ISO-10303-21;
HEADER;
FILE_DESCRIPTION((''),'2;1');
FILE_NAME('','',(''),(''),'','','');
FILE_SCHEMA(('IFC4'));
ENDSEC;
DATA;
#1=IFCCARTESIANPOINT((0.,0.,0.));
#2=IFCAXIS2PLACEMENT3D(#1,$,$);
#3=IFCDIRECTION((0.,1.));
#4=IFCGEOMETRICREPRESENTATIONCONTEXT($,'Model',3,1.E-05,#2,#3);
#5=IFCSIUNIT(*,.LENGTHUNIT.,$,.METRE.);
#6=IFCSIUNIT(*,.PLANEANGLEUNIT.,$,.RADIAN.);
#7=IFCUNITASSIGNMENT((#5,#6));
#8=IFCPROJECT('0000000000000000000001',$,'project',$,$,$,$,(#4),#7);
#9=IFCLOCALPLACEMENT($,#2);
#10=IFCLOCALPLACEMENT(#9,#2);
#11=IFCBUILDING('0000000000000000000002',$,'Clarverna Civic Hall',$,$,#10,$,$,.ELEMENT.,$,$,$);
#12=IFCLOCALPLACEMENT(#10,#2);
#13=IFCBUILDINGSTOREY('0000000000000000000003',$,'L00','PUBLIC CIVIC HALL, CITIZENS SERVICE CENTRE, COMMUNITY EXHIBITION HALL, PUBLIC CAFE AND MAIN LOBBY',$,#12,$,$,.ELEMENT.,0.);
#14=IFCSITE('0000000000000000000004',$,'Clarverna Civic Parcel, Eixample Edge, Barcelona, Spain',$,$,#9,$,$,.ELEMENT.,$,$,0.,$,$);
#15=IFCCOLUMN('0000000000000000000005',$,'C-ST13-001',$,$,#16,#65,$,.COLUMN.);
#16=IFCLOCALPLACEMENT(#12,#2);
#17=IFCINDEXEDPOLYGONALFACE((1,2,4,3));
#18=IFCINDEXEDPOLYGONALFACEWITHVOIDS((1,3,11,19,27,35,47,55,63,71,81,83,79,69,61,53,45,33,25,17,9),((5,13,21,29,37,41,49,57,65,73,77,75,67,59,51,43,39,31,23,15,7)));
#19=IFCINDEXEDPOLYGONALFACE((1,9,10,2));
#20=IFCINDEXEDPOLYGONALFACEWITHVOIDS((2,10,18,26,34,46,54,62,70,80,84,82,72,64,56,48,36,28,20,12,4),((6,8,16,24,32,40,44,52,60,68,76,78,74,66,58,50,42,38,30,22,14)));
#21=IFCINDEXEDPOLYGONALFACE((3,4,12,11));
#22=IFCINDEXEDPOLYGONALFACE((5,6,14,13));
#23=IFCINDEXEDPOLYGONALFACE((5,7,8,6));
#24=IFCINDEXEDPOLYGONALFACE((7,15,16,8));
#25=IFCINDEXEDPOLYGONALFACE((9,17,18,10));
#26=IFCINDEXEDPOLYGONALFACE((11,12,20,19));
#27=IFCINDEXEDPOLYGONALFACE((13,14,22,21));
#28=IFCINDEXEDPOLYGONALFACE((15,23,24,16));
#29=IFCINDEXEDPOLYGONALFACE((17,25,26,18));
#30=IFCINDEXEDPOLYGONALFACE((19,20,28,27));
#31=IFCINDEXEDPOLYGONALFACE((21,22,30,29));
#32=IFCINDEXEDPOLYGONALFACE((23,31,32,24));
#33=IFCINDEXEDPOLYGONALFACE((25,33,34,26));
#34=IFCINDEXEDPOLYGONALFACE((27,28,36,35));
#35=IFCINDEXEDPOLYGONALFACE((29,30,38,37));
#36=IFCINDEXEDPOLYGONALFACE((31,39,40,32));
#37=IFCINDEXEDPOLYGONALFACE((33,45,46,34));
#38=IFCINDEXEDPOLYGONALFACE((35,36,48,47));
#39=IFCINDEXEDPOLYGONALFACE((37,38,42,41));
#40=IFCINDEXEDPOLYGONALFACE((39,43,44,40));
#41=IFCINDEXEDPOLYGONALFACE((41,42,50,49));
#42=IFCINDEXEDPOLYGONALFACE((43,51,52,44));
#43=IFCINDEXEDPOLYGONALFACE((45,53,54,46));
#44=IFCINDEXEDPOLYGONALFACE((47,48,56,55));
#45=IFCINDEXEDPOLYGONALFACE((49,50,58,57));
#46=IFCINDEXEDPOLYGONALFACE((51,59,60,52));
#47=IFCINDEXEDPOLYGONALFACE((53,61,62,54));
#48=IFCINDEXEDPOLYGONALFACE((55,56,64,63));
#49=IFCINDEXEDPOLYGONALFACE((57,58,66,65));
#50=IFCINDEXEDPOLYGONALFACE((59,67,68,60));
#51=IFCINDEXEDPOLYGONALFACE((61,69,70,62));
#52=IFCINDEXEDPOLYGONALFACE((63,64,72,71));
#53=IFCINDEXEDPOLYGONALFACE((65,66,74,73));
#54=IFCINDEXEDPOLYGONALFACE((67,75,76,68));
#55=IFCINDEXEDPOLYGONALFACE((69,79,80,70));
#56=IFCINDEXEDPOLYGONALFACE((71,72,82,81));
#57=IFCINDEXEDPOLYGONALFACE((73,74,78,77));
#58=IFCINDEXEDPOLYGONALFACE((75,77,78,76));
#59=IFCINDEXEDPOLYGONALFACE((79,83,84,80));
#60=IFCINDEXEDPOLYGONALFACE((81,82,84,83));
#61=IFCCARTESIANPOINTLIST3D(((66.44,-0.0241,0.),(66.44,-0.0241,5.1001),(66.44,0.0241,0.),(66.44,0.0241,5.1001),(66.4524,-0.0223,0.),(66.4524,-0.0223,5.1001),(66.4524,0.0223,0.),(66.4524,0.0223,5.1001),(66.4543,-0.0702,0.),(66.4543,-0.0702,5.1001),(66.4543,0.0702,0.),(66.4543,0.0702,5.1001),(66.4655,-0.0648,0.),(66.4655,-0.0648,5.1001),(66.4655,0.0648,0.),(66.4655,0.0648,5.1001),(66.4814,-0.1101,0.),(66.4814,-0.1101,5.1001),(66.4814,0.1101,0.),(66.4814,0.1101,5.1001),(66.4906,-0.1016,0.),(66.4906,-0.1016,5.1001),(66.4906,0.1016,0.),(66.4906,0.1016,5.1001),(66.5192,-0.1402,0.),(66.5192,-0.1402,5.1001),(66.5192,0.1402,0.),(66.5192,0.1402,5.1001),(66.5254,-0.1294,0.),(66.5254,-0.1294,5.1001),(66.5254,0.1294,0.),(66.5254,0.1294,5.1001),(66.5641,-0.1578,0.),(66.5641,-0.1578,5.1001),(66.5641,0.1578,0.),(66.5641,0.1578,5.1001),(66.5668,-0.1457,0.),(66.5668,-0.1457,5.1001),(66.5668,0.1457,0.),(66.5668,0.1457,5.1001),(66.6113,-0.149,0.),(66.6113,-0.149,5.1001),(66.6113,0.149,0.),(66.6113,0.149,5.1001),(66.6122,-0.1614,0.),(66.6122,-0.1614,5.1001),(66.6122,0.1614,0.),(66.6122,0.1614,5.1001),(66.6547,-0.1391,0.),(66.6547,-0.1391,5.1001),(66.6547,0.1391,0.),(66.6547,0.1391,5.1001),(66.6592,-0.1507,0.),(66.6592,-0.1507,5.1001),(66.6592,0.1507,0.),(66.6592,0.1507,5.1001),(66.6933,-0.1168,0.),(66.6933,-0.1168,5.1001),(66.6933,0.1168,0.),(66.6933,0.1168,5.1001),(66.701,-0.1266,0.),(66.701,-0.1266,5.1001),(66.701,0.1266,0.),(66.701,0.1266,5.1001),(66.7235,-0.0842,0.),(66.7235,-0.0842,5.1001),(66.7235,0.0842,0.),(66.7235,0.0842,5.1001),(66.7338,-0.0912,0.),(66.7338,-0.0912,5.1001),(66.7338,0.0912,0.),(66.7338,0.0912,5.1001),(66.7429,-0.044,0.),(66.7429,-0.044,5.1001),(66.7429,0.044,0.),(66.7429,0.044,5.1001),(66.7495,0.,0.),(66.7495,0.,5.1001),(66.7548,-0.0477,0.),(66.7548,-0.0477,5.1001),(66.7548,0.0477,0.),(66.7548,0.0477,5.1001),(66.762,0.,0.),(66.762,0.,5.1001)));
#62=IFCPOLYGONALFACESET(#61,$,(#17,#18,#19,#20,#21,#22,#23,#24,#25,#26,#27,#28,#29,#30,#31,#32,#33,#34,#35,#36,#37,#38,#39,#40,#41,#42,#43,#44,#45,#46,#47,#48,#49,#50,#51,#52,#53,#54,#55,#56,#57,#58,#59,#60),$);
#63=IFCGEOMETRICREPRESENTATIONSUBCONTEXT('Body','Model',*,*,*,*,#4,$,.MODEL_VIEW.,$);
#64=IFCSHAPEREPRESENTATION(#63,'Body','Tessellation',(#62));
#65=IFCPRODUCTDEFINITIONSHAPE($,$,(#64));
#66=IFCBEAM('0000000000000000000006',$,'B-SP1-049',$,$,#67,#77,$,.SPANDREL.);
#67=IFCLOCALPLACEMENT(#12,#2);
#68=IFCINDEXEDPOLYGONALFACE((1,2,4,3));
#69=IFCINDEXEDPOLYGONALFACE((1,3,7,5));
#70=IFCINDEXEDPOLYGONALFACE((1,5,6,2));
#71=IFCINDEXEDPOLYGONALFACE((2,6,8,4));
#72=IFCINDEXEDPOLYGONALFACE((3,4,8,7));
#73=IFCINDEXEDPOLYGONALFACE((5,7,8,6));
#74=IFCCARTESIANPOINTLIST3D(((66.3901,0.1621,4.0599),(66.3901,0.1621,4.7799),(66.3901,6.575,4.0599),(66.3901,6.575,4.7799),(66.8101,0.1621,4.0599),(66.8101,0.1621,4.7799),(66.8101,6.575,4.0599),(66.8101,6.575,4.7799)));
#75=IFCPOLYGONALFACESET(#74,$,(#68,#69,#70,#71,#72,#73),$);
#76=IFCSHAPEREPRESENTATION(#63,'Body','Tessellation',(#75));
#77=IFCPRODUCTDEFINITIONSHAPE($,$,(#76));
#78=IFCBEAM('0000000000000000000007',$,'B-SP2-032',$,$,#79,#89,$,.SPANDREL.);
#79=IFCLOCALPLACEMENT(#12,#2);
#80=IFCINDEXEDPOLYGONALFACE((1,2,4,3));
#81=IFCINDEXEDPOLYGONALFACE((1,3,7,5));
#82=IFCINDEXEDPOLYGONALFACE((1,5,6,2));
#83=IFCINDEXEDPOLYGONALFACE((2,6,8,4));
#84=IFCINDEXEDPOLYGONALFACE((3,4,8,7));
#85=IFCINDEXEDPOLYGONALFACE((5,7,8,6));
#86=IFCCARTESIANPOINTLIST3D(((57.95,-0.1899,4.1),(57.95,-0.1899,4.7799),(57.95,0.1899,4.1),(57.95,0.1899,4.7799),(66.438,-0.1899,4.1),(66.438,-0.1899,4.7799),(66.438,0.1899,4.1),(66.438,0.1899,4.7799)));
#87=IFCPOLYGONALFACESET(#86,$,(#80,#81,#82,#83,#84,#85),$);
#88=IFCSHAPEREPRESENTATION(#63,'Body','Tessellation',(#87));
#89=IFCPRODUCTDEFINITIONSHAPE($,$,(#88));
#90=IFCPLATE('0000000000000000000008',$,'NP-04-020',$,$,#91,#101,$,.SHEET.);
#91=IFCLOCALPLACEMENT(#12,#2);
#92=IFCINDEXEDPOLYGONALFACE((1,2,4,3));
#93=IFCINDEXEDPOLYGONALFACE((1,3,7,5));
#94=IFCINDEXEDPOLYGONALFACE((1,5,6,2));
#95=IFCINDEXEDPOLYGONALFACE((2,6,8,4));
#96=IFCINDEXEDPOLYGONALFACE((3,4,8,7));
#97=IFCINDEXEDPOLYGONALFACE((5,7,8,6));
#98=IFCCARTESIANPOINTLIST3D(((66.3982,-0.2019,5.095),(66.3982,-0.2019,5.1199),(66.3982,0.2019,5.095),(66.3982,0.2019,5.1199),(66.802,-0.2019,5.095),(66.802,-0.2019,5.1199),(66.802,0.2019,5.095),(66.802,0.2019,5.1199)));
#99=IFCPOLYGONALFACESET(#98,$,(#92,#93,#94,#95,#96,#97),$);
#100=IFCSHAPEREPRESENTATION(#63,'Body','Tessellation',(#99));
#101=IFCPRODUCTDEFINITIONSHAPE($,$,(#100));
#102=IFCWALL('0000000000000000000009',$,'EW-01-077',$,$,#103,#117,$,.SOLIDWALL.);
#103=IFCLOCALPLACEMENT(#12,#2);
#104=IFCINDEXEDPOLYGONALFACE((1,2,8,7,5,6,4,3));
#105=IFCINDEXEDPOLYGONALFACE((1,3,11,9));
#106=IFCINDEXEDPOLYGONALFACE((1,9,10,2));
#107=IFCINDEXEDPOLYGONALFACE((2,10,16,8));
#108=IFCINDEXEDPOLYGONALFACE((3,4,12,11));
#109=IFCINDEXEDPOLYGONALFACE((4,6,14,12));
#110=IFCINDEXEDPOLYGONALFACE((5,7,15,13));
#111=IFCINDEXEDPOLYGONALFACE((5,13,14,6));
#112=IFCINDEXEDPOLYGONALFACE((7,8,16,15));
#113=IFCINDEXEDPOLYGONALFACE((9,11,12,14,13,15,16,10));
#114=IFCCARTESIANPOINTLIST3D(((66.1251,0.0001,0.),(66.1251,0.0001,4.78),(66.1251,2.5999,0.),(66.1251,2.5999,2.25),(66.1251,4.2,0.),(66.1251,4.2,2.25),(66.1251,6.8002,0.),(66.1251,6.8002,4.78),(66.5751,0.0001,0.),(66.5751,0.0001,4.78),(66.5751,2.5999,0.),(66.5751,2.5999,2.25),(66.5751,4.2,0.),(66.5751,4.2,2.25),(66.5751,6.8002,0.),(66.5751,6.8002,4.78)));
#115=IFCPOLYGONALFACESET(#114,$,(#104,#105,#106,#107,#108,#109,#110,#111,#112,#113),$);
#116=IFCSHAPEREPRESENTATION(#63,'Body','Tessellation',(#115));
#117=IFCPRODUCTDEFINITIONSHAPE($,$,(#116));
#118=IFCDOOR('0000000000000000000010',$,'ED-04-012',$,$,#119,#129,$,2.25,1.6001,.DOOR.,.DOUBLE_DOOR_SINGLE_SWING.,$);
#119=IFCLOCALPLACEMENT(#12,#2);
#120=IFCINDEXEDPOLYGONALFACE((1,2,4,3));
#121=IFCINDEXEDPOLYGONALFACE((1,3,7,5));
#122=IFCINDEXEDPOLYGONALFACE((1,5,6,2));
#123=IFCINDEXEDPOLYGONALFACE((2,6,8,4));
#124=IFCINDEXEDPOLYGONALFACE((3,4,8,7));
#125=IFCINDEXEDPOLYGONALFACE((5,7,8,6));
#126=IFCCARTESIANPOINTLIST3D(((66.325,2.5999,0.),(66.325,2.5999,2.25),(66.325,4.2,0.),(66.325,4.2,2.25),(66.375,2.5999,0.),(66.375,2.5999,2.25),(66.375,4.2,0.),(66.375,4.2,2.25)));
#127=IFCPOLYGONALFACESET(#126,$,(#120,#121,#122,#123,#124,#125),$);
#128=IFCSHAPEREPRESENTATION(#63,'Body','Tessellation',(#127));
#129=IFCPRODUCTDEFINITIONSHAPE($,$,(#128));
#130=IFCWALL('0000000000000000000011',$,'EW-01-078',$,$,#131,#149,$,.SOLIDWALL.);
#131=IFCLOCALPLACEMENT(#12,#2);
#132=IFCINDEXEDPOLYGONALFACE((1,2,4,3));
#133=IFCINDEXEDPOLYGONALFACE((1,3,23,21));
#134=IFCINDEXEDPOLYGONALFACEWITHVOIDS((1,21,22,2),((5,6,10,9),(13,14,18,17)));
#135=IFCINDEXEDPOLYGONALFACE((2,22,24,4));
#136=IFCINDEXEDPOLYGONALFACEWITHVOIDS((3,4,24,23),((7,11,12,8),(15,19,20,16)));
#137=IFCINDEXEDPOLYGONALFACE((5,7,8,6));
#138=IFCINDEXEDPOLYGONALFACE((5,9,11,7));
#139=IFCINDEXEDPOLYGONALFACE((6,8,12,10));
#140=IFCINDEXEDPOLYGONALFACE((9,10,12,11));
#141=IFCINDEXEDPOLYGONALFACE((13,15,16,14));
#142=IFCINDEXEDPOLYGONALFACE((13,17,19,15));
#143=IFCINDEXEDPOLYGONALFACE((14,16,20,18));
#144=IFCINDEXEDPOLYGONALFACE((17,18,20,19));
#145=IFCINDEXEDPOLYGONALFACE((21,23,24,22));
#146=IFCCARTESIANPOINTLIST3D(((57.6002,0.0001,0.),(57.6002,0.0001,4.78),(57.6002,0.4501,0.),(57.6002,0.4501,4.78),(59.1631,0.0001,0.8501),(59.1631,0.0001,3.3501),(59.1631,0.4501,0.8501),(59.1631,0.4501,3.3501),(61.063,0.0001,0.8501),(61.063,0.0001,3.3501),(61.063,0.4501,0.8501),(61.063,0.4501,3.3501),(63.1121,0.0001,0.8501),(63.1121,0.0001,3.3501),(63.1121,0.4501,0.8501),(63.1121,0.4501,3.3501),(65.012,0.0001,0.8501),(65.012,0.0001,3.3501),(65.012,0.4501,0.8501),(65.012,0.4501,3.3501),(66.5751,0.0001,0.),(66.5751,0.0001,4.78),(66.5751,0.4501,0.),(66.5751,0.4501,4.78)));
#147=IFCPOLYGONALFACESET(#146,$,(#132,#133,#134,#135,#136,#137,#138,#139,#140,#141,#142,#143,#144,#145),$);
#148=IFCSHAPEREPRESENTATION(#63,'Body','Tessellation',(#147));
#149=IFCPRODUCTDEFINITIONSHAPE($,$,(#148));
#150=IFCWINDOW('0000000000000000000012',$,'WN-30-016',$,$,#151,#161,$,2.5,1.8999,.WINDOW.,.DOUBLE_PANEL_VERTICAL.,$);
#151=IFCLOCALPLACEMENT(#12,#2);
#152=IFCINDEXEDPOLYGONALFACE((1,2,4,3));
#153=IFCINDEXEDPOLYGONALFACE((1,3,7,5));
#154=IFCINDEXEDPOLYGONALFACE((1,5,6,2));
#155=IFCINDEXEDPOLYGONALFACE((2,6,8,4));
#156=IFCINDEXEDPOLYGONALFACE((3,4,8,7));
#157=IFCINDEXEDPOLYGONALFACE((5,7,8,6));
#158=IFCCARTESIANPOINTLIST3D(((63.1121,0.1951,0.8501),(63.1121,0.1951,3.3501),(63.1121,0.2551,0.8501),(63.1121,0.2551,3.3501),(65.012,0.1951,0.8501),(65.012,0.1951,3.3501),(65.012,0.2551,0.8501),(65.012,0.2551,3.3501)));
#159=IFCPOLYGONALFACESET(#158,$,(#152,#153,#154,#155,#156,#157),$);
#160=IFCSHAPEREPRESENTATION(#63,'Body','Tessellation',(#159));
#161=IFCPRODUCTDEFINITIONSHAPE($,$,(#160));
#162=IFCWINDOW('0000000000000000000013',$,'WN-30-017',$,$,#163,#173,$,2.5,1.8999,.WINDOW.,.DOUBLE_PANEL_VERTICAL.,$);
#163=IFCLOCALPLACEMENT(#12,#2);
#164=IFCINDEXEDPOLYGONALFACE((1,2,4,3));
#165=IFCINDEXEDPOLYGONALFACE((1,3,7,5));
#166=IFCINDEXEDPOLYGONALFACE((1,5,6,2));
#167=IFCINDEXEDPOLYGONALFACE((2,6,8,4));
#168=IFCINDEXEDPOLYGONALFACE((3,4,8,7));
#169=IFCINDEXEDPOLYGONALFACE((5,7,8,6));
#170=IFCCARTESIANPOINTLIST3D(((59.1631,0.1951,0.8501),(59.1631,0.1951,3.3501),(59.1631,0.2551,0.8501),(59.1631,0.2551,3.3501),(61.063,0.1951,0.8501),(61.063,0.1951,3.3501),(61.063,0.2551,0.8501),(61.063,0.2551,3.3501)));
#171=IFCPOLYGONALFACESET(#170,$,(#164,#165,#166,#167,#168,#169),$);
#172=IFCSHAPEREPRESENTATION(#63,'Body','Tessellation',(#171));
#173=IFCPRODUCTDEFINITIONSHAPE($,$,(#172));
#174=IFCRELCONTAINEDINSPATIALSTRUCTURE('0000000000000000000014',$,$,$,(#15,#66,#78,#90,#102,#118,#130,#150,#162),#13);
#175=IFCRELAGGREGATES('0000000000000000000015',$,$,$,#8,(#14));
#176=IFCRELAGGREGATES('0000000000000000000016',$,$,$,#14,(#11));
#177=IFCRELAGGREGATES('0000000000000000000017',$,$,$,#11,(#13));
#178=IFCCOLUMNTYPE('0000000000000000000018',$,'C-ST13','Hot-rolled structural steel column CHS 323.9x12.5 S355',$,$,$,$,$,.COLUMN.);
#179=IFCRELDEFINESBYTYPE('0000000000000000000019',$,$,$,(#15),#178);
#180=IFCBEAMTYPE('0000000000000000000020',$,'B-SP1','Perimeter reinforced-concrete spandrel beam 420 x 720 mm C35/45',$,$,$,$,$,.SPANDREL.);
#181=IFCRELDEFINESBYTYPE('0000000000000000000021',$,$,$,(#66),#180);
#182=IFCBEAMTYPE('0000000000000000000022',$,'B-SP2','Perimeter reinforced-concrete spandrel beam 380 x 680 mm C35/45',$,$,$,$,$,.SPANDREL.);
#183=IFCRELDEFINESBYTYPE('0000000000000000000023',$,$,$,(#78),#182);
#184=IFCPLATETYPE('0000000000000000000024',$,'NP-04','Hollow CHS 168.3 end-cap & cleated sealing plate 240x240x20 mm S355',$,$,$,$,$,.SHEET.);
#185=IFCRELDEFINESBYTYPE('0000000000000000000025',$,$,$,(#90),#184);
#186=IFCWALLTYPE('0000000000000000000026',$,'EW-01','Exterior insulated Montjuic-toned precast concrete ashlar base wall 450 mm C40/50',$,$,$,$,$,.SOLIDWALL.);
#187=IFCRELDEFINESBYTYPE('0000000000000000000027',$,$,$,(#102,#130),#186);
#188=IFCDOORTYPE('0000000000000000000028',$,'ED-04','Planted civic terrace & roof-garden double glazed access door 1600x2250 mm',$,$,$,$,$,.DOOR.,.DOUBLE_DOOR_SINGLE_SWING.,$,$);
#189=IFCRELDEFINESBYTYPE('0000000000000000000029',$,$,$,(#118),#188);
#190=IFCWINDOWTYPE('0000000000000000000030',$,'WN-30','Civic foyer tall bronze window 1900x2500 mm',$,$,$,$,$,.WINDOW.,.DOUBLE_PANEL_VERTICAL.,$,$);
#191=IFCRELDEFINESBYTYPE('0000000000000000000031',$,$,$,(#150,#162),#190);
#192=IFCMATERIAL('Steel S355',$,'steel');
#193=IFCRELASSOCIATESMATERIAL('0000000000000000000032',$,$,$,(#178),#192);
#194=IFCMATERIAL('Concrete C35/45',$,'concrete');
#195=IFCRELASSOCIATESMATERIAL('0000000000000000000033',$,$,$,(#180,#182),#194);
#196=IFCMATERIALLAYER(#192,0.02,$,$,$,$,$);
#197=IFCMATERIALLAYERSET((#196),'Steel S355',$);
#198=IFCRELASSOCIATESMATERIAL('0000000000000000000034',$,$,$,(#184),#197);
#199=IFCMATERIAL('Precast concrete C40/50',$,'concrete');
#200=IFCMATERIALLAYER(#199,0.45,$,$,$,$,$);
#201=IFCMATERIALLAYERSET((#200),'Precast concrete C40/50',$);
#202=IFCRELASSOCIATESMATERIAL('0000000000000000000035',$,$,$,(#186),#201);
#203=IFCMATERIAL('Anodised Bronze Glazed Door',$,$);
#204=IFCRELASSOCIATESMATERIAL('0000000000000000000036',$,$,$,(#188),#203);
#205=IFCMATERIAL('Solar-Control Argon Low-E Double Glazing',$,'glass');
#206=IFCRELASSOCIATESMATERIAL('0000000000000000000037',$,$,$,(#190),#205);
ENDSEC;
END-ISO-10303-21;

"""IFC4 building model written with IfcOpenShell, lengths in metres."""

from ifc_helpers import new_model, si_unit, direction, frame, frame_2d, origin, origin_2d, place, context, subcontext, project, spatial, rectangle, hollow_circle, extrude, material, layer, layer_set, material_profile, profile_set, type_object, element, fill, save


model = new_model("IFC4")

# Units and contexts
model_context = context("Model", 3, precision=1e-05, world=origin(), true_north=direction((0.0, 1.0)))
body_context = subcontext(model_context, "Body", "Model", "MODEL_VIEW")
ifc_project = project(units=[si_unit("LENGTHUNIT", "METRE"), si_unit("PLANEANGLEUNIT", "RADIAN")], contexts=[model_context])

# Site, building, storey
site_placement = place(None, origin())
site = spatial("IfcSite", under=ifc_project, at=site_placement, Name="Clarverna Civic Parcel, Eixample Edge, Barcelona, Spain", CompositionType="ELEMENT", RefElevation=0.0)
building_placement = place(site_placement, origin())
building = spatial("IfcBuilding", under=site, at=building_placement, Name="Clarverna Civic Hall", CompositionType="ELEMENT")
storey_placement = place(building_placement, origin())
storey = spatial("IfcBuildingStorey", under=building, at=storey_placement, Name="L00", Description="PUBLIC CIVIC HALL, CITIZENS SERVICE CENTRE, COMMUNITY EXHIBITION HALL, PUBLIC CAFE AND MAIN LOBBY", CompositionType="ELEMENT", Elevation=0.0)

# Column
ifc_material_1 = material(Name="Steel S355", Category="steel")
ifc_material_profile_1 = material_profile(ifc_material_1, hollow_circle(Radius=0.1619, WallThickness=0.0125, at=origin_2d()), Name="CHS 323.9x12.5")
ifc_profile_set_1 = profile_set([ifc_material_profile_1], Name="Steel S355")
column_type = type_object("IfcColumnType", Name="C-ST13", Description="Hot-rolled structural steel column CHS 323.9x12.5 S355", PredefinedType="COLUMN", material=ifc_profile_set_1)
column_placement = place(storey_placement, frame((66.6001, 0.0, 0.0), z_axis=(0.0, 0.0, 1.0), x_axis=(1.0, 0.0, 0.0)))
element("IfcColumn", 1, at=column_placement, inside=storey, type_object=column_type, Name="C-ST13-001", PredefinedType="COLUMN", context=body_context, shape_type="SweptSolid", body=[
    extrude(hollow_circle(Radius=0.1619, WallThickness=0.0125, at=origin_2d()), origin(), (0.0, 0.0, 1.0), 5.1001),
])

# Beams
ifc_material_2 = material(Name="Concrete C35/45", Category="concrete")
ifc_material_profile_2 = material_profile(ifc_material_2, rectangle(XDim=0.4199, YDim=0.72, at=origin_2d()), Name="RC 420x720")
ifc_profile_set_2 = profile_set([ifc_material_profile_2], Name="Concrete C35/45")
beam_type_1 = type_object("IfcBeamType", Name="B-SP1", Description="Perimeter reinforced-concrete spandrel beam 420 x 720 mm C35/45", PredefinedType="SPANDREL", material=ifc_profile_set_2)
beam_1_placement = place(storey_placement, frame((66.6001, 0.1621, 4.4199), z_axis=(0.0, 1.0, 0.0), x_axis=(-1.0, 0.0, 0.0)))
element("IfcBeam", 2, at=beam_1_placement, inside=storey, type_object=beam_type_1, Name="B-SP1-049", PredefinedType="SPANDREL", context=body_context, shape_type="SweptSolid", body=[
    extrude(rectangle(XDim=0.4199, YDim=0.72, at=origin_2d()), origin(), (0.0, 0.0, 1.0), 6.4128),
])
ifc_material_profile_3 = material_profile(ifc_material_2, rectangle(XDim=0.3799, YDim=0.6799, at=origin_2d()), Name="RC 380x680")
ifc_profile_set_3 = profile_set([ifc_material_profile_3], Name="Concrete C35/45")
beam_type_2 = type_object("IfcBeamType", Name="B-SP2", Description="Perimeter reinforced-concrete spandrel beam 380 x 680 mm C35/45", PredefinedType="SPANDREL", material=ifc_profile_set_3)
beam_2_placement = place(storey_placement, frame((57.95, 0.0, 4.4399), z_axis=(1.0, 0.0, 0.0), x_axis=(0.0, 1.0, 0.0)))
element("IfcBeam", 3, at=beam_2_placement, inside=storey, type_object=beam_type_2, Name="B-SP2-032", PredefinedType="SPANDREL", context=body_context, shape_type="SweptSolid", body=[
    extrude(rectangle(XDim=0.3799, YDim=0.6799, at=origin_2d()), origin(), (0.0, 0.0, 1.0), 8.488),
])

# Plate
ifc_layer_1 = layer(ifc_material_1, 0.02)
ifc_layer_set_1 = layer_set([ifc_layer_1], Name="Steel S355")
plate_type = type_object("IfcPlateType", Name="NP-04", Description="Hollow CHS 168.3 end-cap & cleated sealing plate 240x240x20 mm S355", PredefinedType="SHEET", material=ifc_layer_set_1)
plate_placement = place(storey_placement, frame((66.6001, 0.0, 5.095), z_axis=(0.0, 0.0, 1.0), x_axis=(1.0, 0.0, 0.0)))
element("IfcPlate", 4, at=plate_placement, inside=storey, type_object=plate_type, Name="NP-04-020", PredefinedType="SHEET", context=body_context, shape_type="SweptSolid", body=[
    extrude(rectangle(XDim=0.4038, YDim=0.4038, at=origin_2d()), origin(), (0.0, 0.0, 1.0), 0.0249),
])

# Wall, opening, door
ifc_material_3 = material(Name="Precast concrete C40/50", Category="concrete")
ifc_layer_2 = layer(ifc_material_3, 0.45)
ifc_layer_set_2 = layer_set([ifc_layer_2], Name="Precast concrete C40/50")
wall_type_1 = type_object("IfcWallType", Name="EW-01", Description="Exterior insulated Montjuic-toned precast concrete ashlar base wall 450 mm C40/50", PredefinedType="SOLIDWALL", material=ifc_layer_set_2)
wall_1_placement = place(storey_placement, frame((66.3501, 6.8, 0.0), z_axis=(0.0, 0.0, 1.0), x_axis=(0.0, -1.0, 0.0)))
wall_1 = element("IfcWall", 5, at=wall_1_placement, inside=storey, type_object=wall_type_1, Name="EW-01-077", PredefinedType="SOLIDWALL", context=body_context, shape_type="SweptSolid", body=[
    extrude(rectangle(XDim=6.8, YDim=0.45, at=frame_2d((3.3999, 0.0))), origin(), (0.0, 0.0, 1.0), 4.78),
])
opening_1_placement = place(wall_1_placement, frame((2.6001, 0.0, 0.0)))
opening_1 = element("IfcOpeningElement", 6, at=opening_1_placement, cuts=wall_1, PredefinedType="OPENING", context=body_context, shape_type="SweptSolid", body=[
    extrude(rectangle(XDim=1.6001, YDim=2.25, at=frame_2d((0.8, 1.125))), frame((0.0, 0.2349, 0.0), z_axis=(0.0, -1.0, 0.0), x_axis=(1.0, 0.0, 0.0)), (0.0, 0.0, 1.0), 0.47),
])
ifc_material_4 = material(Name="Anodised Bronze Glazed Door")
door_type = type_object("IfcDoorType", Name="ED-04", Description="Planted civic terrace & roof-garden double glazed access door 1600x2250 mm", OperationType="DOUBLE_DOOR_SINGLE_SWING", PredefinedType="DOOR", material=ifc_material_4)
door_placement = place(opening_1_placement, origin())
door = element("IfcDoor", 7, at=door_placement, inside=storey, type_object=door_type, Name="ED-04-012", OperationType="DOUBLE_DOOR_SINGLE_SWING", OverallHeight=2.25, OverallWidth=1.6001, PredefinedType="DOOR", context=body_context, shape_type="SweptSolid", body=[
    extrude(rectangle(XDim=1.6001, YDim=2.25, at=frame_2d((0.8, 1.125))), frame((0.0, 0.0249, 0.0), z_axis=(0.0, -1.0, 0.0), x_axis=(1.0, 0.0, 0.0)), (0.0, 0.0, 1.0), 0.05),
])
fill(opening_1, door)

# Wall, openings, windows
wall_2_placement = place(storey_placement, frame((66.575, 0.2251, 0.0), z_axis=(0.0, 0.0, 1.0), x_axis=(-1.0, 0.0, 0.0)))
wall_2 = element("IfcWall", 8, at=wall_2_placement, inside=storey, type_object=wall_type_1, Name="EW-01-078", PredefinedType="SOLIDWALL", context=body_context, shape_type="SweptSolid", body=[
    extrude(rectangle(XDim=8.9749, YDim=0.45, at=frame_2d((4.4873, 0.0))), origin(), (0.0, 0.0, 1.0), 4.78),
])
opening_2_placement = place(wall_2_placement, frame((1.563, 0.0, 0.8501)))
opening_2 = element("IfcOpeningElement", 9, at=opening_2_placement, cuts=wall_2, PredefinedType="OPENING", context=body_context, shape_type="SweptSolid", body=[
    extrude(rectangle(XDim=1.8999, YDim=2.5, at=frame_2d((0.95, 1.25))), frame((0.0, 0.2349, 0.0), z_axis=(0.0, -1.0, 0.0), x_axis=(1.0, 0.0, 0.0)), (0.0, 0.0, 1.0), 0.47),
])
opening_3_placement = place(wall_2_placement, frame((5.512, 0.0, 0.8501)))
opening_3 = element("IfcOpeningElement", 10, at=opening_3_placement, cuts=wall_2, PredefinedType="OPENING", context=body_context, shape_type="SweptSolid", body=[
    extrude(rectangle(XDim=1.8999, YDim=2.5, at=frame_2d((0.95, 1.25))), frame((0.0, 0.2349, 0.0), z_axis=(0.0, -1.0, 0.0), x_axis=(1.0, 0.0, 0.0)), (0.0, 0.0, 1.0), 0.47),
])
ifc_material_5 = material(Name="Solar-Control Argon Low-E Double Glazing", Category="glass")
window_type = type_object("IfcWindowType", Name="WN-30", Description="Civic foyer tall bronze window 1900x2500 mm", PartitioningType="DOUBLE_PANEL_VERTICAL", PredefinedType="WINDOW", material=ifc_material_5)
window_1_placement = place(opening_2_placement, origin())
window_1 = element("IfcWindow", 11, at=window_1_placement, inside=storey, type_object=window_type, Name="WN-30-016", OverallHeight=2.5, OverallWidth=1.8999, PartitioningType="DOUBLE_PANEL_VERTICAL", PredefinedType="WINDOW", context=body_context, shape_type="SweptSolid", body=[
    extrude(rectangle(XDim=1.8999, YDim=2.5, at=frame_2d((0.95, 1.25))), frame((0.0, 0.03, 0.0), z_axis=(0.0, -1.0, 0.0), x_axis=(1.0, 0.0, 0.0)), (0.0, 0.0, 1.0), 0.0601),
])
fill(opening_2, window_1)
window_2_placement = place(opening_3_placement, origin())
window_2 = element("IfcWindow", 12, at=window_2_placement, inside=storey, type_object=window_type, Name="WN-30-017", OverallHeight=2.5, OverallWidth=1.8999, PartitioningType="DOUBLE_PANEL_VERTICAL", PredefinedType="WINDOW", context=body_context, shape_type="SweptSolid", body=[
    extrude(rectangle(XDim=1.8999, YDim=2.5, at=frame_2d((0.95, 1.25))), frame((0.0, 0.03, 0.0), z_axis=(0.0, -1.0, 0.0), x_axis=(1.0, 0.0, 0.0)), (0.0, 0.0, 1.0), 0.0601),
])
fill(opening_3, window_2)

save(model, "model.ifc")
